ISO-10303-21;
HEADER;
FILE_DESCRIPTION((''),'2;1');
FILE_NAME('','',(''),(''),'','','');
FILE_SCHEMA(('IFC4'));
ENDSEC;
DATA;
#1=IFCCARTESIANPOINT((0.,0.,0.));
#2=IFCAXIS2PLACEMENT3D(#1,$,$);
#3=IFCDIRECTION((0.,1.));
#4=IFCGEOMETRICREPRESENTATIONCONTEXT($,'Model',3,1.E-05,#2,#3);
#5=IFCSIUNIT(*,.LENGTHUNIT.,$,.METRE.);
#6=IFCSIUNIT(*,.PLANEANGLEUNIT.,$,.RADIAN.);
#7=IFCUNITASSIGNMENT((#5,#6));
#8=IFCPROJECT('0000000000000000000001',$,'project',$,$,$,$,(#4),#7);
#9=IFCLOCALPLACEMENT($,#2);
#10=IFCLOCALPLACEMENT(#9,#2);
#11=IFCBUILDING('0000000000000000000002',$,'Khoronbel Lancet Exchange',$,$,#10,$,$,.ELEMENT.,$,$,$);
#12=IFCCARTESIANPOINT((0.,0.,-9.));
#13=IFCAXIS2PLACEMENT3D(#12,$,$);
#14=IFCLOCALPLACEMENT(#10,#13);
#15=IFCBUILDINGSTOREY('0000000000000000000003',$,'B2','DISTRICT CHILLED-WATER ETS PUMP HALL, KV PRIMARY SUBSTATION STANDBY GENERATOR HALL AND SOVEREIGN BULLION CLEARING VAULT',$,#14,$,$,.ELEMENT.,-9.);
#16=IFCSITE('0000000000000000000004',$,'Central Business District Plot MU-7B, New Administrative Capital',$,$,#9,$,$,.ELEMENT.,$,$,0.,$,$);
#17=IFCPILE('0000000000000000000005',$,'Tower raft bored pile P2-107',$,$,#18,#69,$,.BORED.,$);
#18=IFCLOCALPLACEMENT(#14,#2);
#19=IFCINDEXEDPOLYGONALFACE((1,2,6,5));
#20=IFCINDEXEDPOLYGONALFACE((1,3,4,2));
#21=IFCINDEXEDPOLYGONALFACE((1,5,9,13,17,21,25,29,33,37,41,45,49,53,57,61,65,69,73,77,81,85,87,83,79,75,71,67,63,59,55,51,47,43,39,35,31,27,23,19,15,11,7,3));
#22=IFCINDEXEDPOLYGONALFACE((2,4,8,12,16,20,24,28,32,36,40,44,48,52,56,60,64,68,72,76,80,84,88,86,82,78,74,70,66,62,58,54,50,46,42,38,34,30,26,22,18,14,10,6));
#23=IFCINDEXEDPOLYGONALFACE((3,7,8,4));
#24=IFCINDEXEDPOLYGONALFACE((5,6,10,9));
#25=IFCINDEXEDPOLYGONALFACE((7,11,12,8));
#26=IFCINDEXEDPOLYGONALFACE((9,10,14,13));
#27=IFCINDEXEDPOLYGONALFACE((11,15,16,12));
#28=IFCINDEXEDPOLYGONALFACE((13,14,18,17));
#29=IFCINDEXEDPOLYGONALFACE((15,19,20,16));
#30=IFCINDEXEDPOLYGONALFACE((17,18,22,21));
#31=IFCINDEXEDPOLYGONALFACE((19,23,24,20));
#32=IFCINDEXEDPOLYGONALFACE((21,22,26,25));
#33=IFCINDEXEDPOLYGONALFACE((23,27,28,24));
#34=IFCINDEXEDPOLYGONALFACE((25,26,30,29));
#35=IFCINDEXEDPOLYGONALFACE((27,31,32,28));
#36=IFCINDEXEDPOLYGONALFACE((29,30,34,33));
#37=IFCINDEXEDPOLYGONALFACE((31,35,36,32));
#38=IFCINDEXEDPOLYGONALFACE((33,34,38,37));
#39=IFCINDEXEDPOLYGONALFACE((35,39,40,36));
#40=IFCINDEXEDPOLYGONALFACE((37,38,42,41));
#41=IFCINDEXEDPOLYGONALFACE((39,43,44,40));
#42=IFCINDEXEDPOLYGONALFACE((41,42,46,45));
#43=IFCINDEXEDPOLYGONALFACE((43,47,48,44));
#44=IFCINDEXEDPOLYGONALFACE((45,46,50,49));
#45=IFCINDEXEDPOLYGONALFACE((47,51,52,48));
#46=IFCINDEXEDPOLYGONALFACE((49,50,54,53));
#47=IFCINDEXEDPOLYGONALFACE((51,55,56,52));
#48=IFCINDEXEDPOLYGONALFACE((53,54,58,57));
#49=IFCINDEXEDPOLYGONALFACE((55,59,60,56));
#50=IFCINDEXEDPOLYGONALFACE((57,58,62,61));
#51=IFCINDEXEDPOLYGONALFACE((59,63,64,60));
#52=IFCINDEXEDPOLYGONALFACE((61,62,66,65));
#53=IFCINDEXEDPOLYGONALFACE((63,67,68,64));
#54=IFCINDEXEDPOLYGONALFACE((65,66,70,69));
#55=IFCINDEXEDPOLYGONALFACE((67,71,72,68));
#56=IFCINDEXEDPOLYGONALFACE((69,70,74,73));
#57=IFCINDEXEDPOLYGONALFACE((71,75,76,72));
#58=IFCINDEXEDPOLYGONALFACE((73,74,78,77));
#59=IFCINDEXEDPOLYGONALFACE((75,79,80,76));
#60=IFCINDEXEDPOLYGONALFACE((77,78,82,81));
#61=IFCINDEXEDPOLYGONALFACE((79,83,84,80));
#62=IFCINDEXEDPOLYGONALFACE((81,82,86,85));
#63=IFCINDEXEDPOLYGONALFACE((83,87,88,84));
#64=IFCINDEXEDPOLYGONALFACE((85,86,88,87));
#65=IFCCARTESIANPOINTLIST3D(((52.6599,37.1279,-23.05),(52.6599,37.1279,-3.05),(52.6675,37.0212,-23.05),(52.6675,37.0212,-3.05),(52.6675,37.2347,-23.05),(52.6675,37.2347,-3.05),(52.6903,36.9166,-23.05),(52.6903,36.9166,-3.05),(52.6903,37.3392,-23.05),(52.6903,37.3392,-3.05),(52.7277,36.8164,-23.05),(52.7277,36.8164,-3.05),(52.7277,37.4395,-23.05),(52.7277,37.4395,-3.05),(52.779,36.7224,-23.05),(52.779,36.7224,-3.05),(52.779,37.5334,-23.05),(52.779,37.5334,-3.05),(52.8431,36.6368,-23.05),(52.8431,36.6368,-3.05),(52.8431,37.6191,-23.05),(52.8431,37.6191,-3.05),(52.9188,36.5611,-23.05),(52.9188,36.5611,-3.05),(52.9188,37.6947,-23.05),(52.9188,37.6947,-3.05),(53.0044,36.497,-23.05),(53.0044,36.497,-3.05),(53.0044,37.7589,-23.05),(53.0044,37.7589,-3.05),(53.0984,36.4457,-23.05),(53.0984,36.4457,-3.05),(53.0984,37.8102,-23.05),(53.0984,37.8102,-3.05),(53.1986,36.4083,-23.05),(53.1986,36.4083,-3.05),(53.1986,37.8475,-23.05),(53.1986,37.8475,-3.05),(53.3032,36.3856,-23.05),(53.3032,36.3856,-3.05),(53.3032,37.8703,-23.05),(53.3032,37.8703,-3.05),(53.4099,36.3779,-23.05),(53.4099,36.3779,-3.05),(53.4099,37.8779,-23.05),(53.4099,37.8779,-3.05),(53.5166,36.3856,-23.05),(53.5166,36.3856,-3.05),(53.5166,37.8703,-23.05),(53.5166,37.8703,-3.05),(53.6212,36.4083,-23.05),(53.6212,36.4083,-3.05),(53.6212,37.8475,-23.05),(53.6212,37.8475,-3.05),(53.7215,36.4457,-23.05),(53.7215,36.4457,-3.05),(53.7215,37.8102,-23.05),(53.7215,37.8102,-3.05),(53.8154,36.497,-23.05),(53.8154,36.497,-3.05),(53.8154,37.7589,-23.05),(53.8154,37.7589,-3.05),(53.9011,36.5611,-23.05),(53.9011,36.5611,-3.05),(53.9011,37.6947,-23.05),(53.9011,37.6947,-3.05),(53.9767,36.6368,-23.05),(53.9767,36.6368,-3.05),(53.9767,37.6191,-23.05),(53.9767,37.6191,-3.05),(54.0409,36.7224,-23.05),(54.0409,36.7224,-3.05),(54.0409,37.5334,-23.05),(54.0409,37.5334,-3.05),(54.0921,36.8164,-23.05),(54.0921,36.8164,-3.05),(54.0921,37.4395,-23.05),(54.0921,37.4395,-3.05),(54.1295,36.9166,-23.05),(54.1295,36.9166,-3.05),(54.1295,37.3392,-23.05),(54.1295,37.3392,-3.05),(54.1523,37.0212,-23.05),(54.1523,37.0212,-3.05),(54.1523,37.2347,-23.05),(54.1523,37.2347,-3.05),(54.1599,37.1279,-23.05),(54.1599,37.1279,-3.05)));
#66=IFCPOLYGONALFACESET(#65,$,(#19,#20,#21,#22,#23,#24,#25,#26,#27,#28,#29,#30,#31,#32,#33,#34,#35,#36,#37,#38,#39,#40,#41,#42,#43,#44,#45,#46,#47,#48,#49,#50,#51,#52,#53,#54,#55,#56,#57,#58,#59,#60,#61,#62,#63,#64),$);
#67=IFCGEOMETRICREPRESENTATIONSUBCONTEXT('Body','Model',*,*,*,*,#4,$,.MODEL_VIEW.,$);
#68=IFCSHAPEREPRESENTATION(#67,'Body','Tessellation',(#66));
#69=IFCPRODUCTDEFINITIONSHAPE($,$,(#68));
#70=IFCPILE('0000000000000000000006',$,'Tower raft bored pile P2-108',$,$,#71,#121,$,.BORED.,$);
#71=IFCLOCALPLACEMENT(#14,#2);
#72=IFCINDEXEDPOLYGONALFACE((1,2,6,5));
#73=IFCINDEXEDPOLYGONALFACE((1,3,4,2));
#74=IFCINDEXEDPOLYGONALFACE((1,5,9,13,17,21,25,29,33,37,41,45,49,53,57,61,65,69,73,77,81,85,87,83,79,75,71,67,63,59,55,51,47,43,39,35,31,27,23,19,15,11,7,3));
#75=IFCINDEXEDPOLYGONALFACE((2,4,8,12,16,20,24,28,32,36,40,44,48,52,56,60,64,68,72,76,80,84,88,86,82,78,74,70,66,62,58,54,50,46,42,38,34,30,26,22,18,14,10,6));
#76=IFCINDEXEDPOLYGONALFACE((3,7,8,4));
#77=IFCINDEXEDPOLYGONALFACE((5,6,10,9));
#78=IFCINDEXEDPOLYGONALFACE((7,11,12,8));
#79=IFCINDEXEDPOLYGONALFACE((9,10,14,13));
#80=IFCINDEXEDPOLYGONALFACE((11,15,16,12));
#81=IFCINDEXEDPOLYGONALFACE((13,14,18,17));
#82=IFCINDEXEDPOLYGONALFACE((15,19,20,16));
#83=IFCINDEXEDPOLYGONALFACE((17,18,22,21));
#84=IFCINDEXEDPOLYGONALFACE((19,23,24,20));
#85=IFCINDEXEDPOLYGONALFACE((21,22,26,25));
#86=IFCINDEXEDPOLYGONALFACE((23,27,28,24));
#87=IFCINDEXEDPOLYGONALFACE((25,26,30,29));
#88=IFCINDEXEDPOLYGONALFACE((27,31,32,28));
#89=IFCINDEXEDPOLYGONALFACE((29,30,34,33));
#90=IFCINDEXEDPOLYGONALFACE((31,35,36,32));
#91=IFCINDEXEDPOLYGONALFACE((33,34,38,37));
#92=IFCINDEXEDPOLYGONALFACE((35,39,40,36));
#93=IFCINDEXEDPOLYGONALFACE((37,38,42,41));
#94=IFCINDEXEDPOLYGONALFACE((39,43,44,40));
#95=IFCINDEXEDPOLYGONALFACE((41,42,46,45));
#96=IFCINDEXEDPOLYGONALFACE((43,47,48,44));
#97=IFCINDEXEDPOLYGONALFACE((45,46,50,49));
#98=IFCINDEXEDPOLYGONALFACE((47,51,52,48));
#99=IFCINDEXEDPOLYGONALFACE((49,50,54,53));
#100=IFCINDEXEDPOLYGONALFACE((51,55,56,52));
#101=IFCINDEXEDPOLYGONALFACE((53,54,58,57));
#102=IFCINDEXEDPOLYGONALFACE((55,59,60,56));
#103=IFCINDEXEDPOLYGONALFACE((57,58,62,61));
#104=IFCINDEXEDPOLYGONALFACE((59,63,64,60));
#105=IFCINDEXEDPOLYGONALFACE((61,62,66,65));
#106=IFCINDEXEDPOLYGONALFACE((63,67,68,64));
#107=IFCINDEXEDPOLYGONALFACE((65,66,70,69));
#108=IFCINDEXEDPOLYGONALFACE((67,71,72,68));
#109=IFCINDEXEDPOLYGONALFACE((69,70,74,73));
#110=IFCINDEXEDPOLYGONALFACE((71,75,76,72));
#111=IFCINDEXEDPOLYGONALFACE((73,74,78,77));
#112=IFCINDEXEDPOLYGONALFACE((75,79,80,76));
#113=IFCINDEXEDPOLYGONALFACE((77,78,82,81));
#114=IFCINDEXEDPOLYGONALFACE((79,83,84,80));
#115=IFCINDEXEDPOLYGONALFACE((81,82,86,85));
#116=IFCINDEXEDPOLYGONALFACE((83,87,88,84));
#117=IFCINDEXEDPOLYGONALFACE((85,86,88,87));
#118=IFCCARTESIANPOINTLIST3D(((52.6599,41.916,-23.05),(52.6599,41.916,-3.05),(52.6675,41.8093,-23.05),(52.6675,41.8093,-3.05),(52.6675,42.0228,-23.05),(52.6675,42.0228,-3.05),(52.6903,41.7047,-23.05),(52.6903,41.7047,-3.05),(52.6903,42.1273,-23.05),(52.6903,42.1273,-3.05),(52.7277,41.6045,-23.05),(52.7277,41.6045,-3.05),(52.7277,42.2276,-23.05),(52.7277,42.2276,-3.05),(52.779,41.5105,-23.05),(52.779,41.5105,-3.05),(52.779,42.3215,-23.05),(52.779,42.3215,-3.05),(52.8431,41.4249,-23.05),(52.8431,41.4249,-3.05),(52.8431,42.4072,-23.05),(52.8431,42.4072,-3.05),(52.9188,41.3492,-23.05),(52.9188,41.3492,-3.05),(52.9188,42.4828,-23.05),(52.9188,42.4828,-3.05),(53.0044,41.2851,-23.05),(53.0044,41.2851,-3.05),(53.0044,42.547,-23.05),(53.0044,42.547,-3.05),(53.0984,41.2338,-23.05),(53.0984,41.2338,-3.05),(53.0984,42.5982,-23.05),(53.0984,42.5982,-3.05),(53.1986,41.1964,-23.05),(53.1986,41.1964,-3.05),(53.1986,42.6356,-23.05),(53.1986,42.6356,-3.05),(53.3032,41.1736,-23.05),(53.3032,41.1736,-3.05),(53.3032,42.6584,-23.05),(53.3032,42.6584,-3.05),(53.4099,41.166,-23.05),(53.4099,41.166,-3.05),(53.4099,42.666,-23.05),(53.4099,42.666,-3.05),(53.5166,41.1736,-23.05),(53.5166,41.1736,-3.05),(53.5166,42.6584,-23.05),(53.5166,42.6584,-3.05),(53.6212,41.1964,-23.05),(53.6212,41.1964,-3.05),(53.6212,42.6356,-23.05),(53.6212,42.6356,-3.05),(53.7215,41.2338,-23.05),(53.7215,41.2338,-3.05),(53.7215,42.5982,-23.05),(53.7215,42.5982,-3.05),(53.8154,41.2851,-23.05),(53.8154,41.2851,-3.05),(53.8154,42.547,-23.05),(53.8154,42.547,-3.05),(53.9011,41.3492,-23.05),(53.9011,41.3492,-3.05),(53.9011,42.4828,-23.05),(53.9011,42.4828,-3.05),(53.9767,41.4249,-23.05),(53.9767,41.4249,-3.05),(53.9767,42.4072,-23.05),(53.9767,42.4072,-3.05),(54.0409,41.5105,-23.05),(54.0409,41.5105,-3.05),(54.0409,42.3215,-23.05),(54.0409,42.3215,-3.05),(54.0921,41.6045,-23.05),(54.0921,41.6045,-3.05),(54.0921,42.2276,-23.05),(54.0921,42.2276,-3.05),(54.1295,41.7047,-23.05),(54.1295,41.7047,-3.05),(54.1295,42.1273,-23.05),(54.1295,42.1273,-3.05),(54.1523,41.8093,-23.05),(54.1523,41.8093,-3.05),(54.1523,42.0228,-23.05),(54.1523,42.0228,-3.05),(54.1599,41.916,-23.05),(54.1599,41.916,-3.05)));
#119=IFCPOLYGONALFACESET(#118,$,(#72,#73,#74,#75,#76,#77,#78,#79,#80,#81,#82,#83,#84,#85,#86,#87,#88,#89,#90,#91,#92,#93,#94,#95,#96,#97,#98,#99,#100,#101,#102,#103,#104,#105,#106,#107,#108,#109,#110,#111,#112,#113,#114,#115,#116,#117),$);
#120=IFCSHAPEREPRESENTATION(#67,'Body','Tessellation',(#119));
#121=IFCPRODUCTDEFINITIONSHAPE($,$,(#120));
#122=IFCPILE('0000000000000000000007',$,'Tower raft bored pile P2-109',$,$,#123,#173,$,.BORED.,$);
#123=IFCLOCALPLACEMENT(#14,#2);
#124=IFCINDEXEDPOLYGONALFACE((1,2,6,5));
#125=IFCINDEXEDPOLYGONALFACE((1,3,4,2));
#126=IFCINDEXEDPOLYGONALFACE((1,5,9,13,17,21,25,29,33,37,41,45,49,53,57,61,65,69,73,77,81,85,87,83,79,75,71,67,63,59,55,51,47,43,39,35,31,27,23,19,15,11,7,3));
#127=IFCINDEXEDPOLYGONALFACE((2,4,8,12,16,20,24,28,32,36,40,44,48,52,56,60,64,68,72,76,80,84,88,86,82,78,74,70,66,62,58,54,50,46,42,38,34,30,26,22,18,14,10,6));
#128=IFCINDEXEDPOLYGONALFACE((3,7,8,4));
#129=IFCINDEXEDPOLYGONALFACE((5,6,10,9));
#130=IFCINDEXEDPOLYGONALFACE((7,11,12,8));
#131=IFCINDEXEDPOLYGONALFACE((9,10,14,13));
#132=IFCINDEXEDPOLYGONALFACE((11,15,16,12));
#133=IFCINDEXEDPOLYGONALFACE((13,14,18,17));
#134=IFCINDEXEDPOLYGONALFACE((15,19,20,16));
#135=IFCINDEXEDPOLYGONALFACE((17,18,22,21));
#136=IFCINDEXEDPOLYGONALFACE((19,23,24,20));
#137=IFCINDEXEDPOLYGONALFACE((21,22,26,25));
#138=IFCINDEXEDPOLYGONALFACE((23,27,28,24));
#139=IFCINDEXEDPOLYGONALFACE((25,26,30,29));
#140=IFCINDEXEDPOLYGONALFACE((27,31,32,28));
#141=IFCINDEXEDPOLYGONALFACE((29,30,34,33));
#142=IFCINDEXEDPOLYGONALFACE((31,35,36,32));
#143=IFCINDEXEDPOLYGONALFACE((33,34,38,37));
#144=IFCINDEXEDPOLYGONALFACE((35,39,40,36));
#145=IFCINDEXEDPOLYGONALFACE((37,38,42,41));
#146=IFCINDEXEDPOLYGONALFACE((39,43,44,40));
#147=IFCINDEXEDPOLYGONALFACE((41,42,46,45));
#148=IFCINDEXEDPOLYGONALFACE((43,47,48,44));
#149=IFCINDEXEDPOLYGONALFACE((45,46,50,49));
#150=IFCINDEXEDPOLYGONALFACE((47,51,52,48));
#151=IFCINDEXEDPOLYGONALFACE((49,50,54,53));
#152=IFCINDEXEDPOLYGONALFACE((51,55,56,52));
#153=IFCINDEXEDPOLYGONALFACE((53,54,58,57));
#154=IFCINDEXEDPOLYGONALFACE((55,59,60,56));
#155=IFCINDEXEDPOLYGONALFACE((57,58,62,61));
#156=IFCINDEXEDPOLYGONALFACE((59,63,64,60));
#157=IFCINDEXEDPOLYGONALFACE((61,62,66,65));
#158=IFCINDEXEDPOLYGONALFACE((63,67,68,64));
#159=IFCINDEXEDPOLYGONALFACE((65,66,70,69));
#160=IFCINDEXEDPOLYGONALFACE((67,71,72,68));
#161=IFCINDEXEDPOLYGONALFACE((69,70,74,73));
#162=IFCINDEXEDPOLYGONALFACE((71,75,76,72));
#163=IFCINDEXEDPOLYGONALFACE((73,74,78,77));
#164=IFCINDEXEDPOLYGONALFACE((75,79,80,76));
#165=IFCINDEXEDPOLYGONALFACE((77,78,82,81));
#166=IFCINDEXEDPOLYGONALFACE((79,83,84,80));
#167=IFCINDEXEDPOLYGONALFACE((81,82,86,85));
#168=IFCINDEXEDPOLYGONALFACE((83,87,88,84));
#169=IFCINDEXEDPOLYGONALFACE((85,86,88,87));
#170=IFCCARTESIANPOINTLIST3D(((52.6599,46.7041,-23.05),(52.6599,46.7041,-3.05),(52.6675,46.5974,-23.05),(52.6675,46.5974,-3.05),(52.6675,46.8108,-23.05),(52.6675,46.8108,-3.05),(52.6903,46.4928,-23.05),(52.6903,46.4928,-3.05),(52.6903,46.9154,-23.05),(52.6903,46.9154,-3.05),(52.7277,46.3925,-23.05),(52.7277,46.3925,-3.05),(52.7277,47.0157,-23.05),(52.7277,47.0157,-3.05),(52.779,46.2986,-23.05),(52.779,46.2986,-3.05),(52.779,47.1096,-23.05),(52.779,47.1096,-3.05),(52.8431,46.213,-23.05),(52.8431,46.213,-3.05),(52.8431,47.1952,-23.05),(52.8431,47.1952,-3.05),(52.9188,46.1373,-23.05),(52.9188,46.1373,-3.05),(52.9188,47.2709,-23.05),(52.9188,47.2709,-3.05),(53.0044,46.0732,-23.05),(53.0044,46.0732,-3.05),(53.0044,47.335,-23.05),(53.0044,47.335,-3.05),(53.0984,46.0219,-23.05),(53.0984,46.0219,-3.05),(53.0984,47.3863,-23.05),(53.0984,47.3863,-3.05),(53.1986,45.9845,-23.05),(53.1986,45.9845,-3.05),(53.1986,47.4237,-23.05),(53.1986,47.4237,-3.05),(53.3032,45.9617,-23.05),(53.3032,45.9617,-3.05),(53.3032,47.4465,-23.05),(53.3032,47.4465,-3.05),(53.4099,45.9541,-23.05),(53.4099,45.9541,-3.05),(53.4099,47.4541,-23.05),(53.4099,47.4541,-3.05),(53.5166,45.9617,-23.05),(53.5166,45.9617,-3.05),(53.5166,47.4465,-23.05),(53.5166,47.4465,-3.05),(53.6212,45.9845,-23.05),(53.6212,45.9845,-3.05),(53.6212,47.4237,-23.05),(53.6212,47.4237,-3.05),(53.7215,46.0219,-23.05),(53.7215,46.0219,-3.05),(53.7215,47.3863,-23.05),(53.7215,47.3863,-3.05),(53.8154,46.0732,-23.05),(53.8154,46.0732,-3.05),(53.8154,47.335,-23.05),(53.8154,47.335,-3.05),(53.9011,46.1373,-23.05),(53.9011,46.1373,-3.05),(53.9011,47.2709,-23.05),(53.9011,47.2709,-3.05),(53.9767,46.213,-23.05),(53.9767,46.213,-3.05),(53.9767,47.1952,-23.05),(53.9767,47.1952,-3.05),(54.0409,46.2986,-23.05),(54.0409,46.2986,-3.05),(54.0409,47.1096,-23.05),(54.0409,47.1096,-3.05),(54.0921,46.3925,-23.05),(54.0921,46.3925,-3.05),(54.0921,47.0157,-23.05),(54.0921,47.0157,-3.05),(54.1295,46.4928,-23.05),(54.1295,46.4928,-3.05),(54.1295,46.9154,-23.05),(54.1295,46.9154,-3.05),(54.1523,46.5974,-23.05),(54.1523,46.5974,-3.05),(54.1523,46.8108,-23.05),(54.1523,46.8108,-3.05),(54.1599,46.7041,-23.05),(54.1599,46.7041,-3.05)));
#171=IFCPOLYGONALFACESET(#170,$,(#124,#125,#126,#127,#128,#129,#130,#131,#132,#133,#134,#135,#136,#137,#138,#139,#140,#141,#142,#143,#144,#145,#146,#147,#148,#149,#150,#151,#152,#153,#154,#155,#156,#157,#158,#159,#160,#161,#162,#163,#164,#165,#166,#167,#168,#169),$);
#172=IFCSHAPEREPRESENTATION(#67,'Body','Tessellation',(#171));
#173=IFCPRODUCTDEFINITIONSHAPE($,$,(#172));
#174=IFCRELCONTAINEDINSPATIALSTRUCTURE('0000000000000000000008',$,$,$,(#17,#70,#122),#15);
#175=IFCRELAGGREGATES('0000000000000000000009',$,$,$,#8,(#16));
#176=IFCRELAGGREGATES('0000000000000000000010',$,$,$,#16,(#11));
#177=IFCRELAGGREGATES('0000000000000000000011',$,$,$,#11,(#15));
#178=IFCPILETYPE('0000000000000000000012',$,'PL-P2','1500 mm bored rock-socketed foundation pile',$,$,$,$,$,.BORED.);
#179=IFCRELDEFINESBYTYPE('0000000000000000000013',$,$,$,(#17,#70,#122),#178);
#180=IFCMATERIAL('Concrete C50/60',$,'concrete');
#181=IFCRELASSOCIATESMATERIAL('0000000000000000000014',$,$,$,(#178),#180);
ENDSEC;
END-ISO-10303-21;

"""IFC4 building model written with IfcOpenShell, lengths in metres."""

from ifc_helpers import new_model, si_unit, direction, frame, origin, origin_2d, place, context, subcontext, project, spatial, circle, extrude, material, material_profile, profile_set, type_object, element, save


model = new_model("IFC4")

# Units and contexts
model_context = context("Model", 3, precision=1e-05, world=origin(), true_north=direction((0.0, 1.0)))
body_context = subcontext(model_context, "Body", "Model", "MODEL_VIEW")
ifc_project = project(units=[si_unit("LENGTHUNIT", "METRE"), si_unit("PLANEANGLEUNIT", "RADIAN")], contexts=[model_context])

# Site, building, storey
site_placement = place(None, origin())
site = spatial("IfcSite", under=ifc_project, at=site_placement, Name="Central Business District Plot MU-7B, New Administrative Capital", CompositionType="ELEMENT", RefElevation=0.0)
building_placement = place(site_placement, origin())
building = spatial("IfcBuilding", under=site, at=building_placement, Name="Khoronbel Lancet Exchange", CompositionType="ELEMENT")
storey_placement = place(building_placement, frame((0.0, 0.0, -9.0)))
storey = spatial("IfcBuildingStorey", under=building, at=storey_placement, Name="B2", Description="DISTRICT CHILLED-WATER ETS PUMP HALL, KV PRIMARY SUBSTATION STANDBY GENERATOR HALL AND SOVEREIGN BULLION CLEARING VAULT", CompositionType="ELEMENT", Elevation=-9.0)

# Piles
ifc_material_1 = material(Name="Concrete C50/60", Category="concrete")
ifc_material_profile_1 = material_profile(ifc_material_1, circle(Radius=0.75, at=origin_2d()), Name="BORED PILE D1500")
ifc_profile_set_1 = profile_set([ifc_material_profile_1], Name="Concrete C50/60")
pile_type = type_object("IfcPileType", Name="PL-P2", Description="1500 mm bored rock-socketed foundation pile", PredefinedType="BORED", material=ifc_profile_set_1)
for number, where, z_axis, x_axis, name in (
    (1, (53.4099, 37.1279, -3.05), (0.0, 0.0, -1.0), (1.0, 0.0, 0.0), "Tower raft bored pile P2-107"),
    (2, (53.4099, 41.916, -3.05), (0.0, 0.0, -1.0), (1.0, 0.0, 0.0), "Tower raft bored pile P2-108"),
    (3, (53.4099, 46.7041, -3.05), (0.0, 0.0, -1.0), (1.0, 0.0, 0.0), "Tower raft bored pile P2-109"),
):
    element("IfcPile", number, at=place(storey_placement, frame(where, z_axis=z_axis, x_axis=x_axis)), inside=storey, type_object=pile_type, Name=name, PredefinedType="BORED", context=body_context, shape_type="SweptSolid", body=[
        extrude(circle(Radius=0.75, at=origin_2d()), origin(), (0.0, 0.0, 1.0), 20.0),
    ])

save(model, "model.ifc")
